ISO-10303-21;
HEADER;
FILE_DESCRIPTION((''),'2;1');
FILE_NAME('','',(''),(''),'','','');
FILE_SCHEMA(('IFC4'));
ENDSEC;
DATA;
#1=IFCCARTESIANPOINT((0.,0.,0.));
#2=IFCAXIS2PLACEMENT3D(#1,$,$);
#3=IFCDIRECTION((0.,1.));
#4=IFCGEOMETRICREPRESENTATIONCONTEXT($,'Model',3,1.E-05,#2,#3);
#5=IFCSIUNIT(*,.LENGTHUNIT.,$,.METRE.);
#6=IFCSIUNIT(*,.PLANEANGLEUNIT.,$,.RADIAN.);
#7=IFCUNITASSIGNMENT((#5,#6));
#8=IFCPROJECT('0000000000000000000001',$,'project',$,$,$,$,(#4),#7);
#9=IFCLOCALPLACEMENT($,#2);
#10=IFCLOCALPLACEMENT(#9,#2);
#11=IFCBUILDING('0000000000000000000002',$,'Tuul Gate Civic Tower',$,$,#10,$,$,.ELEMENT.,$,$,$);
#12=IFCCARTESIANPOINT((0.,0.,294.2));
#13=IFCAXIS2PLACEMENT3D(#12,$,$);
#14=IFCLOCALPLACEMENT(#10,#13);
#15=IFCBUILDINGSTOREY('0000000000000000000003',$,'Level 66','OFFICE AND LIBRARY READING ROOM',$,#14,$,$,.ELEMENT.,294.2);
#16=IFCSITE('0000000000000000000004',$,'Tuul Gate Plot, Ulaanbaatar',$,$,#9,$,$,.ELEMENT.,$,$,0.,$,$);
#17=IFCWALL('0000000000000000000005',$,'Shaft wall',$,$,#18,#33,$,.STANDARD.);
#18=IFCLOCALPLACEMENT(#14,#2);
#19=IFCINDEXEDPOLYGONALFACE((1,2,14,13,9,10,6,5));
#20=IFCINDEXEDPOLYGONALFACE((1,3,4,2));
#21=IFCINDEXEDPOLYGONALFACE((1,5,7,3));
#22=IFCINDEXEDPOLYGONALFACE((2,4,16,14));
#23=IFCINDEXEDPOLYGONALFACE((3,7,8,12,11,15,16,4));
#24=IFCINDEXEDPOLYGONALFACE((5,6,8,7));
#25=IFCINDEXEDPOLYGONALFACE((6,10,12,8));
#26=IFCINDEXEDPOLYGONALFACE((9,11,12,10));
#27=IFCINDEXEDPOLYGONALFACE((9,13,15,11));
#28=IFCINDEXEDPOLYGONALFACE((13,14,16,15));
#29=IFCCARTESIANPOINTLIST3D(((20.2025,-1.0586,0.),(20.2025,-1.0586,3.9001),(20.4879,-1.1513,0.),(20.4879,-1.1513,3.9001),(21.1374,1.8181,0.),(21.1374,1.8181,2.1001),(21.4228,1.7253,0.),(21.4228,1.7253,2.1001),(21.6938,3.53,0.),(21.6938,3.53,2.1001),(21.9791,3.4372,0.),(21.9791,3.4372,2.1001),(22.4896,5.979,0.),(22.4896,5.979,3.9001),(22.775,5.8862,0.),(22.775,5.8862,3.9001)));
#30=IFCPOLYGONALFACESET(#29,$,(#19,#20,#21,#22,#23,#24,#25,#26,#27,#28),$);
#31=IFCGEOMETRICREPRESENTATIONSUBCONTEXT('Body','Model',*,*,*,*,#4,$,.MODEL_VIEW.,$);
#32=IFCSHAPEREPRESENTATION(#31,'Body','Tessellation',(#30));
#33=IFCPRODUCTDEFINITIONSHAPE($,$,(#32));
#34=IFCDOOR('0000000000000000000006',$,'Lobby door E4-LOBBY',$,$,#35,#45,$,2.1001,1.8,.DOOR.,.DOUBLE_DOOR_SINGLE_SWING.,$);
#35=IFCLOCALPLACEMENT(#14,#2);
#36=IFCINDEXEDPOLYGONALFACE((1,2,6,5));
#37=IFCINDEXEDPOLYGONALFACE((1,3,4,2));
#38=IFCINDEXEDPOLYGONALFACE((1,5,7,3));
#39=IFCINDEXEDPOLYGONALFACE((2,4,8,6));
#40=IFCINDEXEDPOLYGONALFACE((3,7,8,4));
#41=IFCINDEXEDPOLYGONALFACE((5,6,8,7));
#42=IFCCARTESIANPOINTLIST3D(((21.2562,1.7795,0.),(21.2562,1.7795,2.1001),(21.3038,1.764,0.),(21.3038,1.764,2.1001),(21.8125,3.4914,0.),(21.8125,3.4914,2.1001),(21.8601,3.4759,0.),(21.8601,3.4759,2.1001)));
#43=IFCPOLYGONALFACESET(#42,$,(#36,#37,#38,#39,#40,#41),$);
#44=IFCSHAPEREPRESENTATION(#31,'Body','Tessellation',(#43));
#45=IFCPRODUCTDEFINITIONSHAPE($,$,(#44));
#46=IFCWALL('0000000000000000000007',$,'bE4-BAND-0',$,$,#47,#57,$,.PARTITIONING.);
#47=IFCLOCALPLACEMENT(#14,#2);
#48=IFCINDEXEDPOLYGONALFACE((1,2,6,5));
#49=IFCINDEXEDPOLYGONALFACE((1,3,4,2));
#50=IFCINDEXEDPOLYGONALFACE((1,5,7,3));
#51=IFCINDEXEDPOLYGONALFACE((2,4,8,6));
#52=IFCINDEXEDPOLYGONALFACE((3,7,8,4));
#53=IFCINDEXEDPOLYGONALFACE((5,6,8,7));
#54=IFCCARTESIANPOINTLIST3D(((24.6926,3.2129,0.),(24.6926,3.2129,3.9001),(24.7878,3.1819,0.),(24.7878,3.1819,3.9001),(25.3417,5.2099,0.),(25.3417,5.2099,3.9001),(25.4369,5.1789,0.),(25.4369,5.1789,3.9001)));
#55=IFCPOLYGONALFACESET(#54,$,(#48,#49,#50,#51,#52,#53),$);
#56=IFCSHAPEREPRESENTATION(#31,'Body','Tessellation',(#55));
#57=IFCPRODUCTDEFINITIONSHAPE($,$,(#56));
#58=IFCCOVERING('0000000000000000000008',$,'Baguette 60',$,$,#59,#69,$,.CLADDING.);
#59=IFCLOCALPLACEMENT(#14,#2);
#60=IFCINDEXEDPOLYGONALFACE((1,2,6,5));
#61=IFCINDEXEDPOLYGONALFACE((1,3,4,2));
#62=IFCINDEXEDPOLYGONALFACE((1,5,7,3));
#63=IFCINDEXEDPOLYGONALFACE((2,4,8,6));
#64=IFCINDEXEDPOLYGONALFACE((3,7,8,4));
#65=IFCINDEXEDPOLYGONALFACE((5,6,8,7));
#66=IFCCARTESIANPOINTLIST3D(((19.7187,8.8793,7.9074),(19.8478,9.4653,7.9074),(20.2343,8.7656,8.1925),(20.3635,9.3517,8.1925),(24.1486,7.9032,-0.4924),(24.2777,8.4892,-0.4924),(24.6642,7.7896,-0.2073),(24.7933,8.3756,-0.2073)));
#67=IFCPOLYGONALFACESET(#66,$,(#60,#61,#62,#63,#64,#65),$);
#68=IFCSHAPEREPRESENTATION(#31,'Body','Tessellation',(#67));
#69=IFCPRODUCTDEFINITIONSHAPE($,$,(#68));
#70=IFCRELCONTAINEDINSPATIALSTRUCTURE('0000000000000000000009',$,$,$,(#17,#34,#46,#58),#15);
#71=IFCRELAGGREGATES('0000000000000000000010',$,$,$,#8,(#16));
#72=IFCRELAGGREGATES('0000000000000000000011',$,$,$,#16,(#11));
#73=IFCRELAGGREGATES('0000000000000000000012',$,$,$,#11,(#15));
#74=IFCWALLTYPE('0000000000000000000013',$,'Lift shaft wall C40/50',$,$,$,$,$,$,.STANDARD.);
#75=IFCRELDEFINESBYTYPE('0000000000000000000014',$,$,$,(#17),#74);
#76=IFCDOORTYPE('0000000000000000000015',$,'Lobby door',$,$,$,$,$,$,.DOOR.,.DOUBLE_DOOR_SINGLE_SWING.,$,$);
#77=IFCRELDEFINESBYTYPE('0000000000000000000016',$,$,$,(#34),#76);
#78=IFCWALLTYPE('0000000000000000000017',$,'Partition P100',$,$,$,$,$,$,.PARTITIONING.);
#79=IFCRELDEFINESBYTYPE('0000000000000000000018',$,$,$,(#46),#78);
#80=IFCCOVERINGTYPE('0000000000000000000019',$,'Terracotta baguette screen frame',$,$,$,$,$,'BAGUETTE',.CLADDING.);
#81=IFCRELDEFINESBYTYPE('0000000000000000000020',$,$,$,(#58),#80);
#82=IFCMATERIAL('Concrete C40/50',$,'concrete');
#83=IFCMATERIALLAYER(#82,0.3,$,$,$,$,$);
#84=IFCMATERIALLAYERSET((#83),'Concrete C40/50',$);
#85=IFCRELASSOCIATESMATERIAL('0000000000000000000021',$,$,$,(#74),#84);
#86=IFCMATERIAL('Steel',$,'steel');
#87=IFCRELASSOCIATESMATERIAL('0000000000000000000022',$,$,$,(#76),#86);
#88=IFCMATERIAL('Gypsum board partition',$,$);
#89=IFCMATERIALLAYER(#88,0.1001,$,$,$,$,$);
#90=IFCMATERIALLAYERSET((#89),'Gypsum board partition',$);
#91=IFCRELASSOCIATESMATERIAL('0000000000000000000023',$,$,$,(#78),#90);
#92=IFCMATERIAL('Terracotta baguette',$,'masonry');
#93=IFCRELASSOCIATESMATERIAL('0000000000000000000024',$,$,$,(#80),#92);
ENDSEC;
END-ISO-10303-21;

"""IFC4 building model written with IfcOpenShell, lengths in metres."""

from ifc_helpers import new_model, si_unit, direction, frame, frame_2d, origin, origin_2d, place, context, subcontext, project, spatial, rectangle, extrude, material, layer, layer_set, material_profile, profile_set, type_object, element, fill, save


model = new_model("IFC4")

# Units and contexts
model_context = context("Model", 3, precision=1e-05, world=origin(), true_north=direction((0.0, 1.0)))
body_context = subcontext(model_context, "Body", "Model", "MODEL_VIEW")
ifc_project = project(units=[si_unit("LENGTHUNIT", "METRE"), si_unit("PLANEANGLEUNIT", "RADIAN")], contexts=[model_context])

# Site, building, storey
site_placement = place(None, origin())
site = spatial("IfcSite", under=ifc_project, at=site_placement, Name="Tuul Gate Plot, Ulaanbaatar", CompositionType="ELEMENT", RefElevation=0.0)
building_placement = place(site_placement, origin())
building = spatial("IfcBuilding", under=site, at=building_placement, Name="Tuul Gate Civic Tower", CompositionType="ELEMENT")
storey_placement = place(building_placement, frame((0.0, 0.0, 294.2)))
storey = spatial("IfcBuildingStorey", under=building, at=storey_placement, Name="Level 66", Description="OFFICE AND LIBRARY READING ROOM", CompositionType="ELEMENT", Elevation=294.2)

# Shared definitions
ifc_material_1 = material(Name="Concrete C40/50", Category="concrete")
ifc_layer_1 = layer(ifc_material_1, 0.3)
ifc_layer_set_1 = layer_set([ifc_layer_1], Name="Concrete C40/50")
wall_type_1 = type_object("IfcWallType", Name="Lift shaft wall C40/50", PredefinedType="STANDARD", material=ifc_layer_set_1)

# Wall, opening, door
wall_1_placement = place(storey_placement, frame((20.3452, -1.105, 0.0), z_axis=(0.0, 0.0, 1.0), x_axis=(0.309073, 0.951038, 0.0)))
wall_1 = element("IfcWall", 1, at=wall_1_placement, inside=storey, type_object=wall_type_1, Name="Shaft wall", PredefinedType="STANDARD", context=body_context, shape_type="SweptSolid", body=[
    extrude(rectangle(XDim=7.3999, YDim=0.3, at=frame_2d((3.7, 0.0))), origin(), (0.0, 0.0, 1.0), 3.9001),
])
opening_1_placement = place(wall_1_placement, frame((3.0249, 0.0, 0.0)))
opening_1 = element("IfcOpeningElement", 2, at=opening_1_placement, cuts=wall_1, PredefinedType="OPENING", context=body_context, shape_type="SweptSolid", body=[
    extrude(rectangle(XDim=1.8, YDim=2.1001, at=frame_2d((0.8999, 1.05))), frame((0.0, 0.1602, 0.0), z_axis=(0.0, -1.0, 0.0), x_axis=(1.0, 0.0, 0.0)), (0.0, 0.0, 1.0), 0.3201),
])
ifc_material_2 = material(Name="Steel", Category="steel")
door_type_1 = type_object("IfcDoorType", Name="Lobby door", OperationType="DOUBLE_DOOR_SINGLE_SWING", PredefinedType="DOOR", material=ifc_material_2)
door_1_placement = place(opening_1_placement, frame((1.8, 0.0, 0.0), z_axis=(0.0, 0.0, 1.0), x_axis=(-1.0, 0.0, 0.0)))
door_1 = element("IfcDoor", 3, at=door_1_placement, inside=storey, type_object=door_type_1, Name="Lobby door E4-LOBBY", OperationType="DOUBLE_DOOR_SINGLE_SWING", OverallHeight=2.1001, OverallWidth=1.8, PredefinedType="DOOR", context=body_context, shape_type="SweptSolid", body=[
    extrude(rectangle(XDim=1.8, YDim=2.1001, at=frame_2d((0.9001, 1.05))), frame((0.0, 0.0249, 0.0), z_axis=(0.0, -1.0, 0.0), x_axis=(1.0, 0.0, 0.0)), (0.0, 0.0, 1.0), 0.05),
])
fill(opening_1, door_1)

# Wall
ifc_material_3 = material(Name="Gypsum board partition")
ifc_layer_2 = layer(ifc_material_3, 0.1001)
ifc_layer_set_2 = layer_set([ifc_layer_2], Name="Gypsum board partition")
wall_type_2 = type_object("IfcWallType", Name="Partition P100", PredefinedType="PARTITIONING", material=ifc_layer_set_2)
wall_2_placement = place(storey_placement, frame((24.7402, 3.1975, 0.0), z_axis=(0.0, 0.0, 1.0), x_axis=(0.309139, 0.951017, 0.0)))
element("IfcWall", 4, at=wall_2_placement, inside=storey, type_object=wall_type_2, Name="bE4-BAND-0", PredefinedType="PARTITIONING", context=body_context, shape_type="SweptSolid", body=[
    extrude(rectangle(XDim=2.0999, YDim=0.1001, at=frame_2d((1.0498, 0.0))), origin(), (0.0, 0.0, 1.0), 3.9001),
])

# Covering
ifc_material_4 = material(Name="Terracotta baguette", Category="masonry")
ifc_material_profile_1 = material_profile(ifc_material_4, rectangle(XDim=0.6001, YDim=0.6001, at=origin_2d()), Name="Terracotta baguette screen frame")
ifc_profile_set_1 = profile_set([ifc_material_profile_1], Name="Terracotta baguette")
covering_type = type_object("IfcCoveringType", Name="Terracotta baguette screen frame", ElementType="BAGUETTE", PredefinedType="CLADDING", material=ifc_profile_set_1)
covering_placement = place(storey_placement, frame((24.4709, 8.1394, -0.3499), z_axis=(-0.464038, 0.102244, 0.879895), x_axis=(-0.215175, -0.976576, 0.0)))
element("IfcCovering", 5, at=covering_placement, inside=storey, type_object=covering_type, Name="Baguette 60", PredefinedType="CLADDING", context=body_context, shape_type="SweptSolid", body=[
    extrude(rectangle(XDim=0.6001, YDim=0.6001, at=origin_2d()), origin(), (0.0, 0.0, 1.0), 9.5464),
])

save(model, "model.ifc")
